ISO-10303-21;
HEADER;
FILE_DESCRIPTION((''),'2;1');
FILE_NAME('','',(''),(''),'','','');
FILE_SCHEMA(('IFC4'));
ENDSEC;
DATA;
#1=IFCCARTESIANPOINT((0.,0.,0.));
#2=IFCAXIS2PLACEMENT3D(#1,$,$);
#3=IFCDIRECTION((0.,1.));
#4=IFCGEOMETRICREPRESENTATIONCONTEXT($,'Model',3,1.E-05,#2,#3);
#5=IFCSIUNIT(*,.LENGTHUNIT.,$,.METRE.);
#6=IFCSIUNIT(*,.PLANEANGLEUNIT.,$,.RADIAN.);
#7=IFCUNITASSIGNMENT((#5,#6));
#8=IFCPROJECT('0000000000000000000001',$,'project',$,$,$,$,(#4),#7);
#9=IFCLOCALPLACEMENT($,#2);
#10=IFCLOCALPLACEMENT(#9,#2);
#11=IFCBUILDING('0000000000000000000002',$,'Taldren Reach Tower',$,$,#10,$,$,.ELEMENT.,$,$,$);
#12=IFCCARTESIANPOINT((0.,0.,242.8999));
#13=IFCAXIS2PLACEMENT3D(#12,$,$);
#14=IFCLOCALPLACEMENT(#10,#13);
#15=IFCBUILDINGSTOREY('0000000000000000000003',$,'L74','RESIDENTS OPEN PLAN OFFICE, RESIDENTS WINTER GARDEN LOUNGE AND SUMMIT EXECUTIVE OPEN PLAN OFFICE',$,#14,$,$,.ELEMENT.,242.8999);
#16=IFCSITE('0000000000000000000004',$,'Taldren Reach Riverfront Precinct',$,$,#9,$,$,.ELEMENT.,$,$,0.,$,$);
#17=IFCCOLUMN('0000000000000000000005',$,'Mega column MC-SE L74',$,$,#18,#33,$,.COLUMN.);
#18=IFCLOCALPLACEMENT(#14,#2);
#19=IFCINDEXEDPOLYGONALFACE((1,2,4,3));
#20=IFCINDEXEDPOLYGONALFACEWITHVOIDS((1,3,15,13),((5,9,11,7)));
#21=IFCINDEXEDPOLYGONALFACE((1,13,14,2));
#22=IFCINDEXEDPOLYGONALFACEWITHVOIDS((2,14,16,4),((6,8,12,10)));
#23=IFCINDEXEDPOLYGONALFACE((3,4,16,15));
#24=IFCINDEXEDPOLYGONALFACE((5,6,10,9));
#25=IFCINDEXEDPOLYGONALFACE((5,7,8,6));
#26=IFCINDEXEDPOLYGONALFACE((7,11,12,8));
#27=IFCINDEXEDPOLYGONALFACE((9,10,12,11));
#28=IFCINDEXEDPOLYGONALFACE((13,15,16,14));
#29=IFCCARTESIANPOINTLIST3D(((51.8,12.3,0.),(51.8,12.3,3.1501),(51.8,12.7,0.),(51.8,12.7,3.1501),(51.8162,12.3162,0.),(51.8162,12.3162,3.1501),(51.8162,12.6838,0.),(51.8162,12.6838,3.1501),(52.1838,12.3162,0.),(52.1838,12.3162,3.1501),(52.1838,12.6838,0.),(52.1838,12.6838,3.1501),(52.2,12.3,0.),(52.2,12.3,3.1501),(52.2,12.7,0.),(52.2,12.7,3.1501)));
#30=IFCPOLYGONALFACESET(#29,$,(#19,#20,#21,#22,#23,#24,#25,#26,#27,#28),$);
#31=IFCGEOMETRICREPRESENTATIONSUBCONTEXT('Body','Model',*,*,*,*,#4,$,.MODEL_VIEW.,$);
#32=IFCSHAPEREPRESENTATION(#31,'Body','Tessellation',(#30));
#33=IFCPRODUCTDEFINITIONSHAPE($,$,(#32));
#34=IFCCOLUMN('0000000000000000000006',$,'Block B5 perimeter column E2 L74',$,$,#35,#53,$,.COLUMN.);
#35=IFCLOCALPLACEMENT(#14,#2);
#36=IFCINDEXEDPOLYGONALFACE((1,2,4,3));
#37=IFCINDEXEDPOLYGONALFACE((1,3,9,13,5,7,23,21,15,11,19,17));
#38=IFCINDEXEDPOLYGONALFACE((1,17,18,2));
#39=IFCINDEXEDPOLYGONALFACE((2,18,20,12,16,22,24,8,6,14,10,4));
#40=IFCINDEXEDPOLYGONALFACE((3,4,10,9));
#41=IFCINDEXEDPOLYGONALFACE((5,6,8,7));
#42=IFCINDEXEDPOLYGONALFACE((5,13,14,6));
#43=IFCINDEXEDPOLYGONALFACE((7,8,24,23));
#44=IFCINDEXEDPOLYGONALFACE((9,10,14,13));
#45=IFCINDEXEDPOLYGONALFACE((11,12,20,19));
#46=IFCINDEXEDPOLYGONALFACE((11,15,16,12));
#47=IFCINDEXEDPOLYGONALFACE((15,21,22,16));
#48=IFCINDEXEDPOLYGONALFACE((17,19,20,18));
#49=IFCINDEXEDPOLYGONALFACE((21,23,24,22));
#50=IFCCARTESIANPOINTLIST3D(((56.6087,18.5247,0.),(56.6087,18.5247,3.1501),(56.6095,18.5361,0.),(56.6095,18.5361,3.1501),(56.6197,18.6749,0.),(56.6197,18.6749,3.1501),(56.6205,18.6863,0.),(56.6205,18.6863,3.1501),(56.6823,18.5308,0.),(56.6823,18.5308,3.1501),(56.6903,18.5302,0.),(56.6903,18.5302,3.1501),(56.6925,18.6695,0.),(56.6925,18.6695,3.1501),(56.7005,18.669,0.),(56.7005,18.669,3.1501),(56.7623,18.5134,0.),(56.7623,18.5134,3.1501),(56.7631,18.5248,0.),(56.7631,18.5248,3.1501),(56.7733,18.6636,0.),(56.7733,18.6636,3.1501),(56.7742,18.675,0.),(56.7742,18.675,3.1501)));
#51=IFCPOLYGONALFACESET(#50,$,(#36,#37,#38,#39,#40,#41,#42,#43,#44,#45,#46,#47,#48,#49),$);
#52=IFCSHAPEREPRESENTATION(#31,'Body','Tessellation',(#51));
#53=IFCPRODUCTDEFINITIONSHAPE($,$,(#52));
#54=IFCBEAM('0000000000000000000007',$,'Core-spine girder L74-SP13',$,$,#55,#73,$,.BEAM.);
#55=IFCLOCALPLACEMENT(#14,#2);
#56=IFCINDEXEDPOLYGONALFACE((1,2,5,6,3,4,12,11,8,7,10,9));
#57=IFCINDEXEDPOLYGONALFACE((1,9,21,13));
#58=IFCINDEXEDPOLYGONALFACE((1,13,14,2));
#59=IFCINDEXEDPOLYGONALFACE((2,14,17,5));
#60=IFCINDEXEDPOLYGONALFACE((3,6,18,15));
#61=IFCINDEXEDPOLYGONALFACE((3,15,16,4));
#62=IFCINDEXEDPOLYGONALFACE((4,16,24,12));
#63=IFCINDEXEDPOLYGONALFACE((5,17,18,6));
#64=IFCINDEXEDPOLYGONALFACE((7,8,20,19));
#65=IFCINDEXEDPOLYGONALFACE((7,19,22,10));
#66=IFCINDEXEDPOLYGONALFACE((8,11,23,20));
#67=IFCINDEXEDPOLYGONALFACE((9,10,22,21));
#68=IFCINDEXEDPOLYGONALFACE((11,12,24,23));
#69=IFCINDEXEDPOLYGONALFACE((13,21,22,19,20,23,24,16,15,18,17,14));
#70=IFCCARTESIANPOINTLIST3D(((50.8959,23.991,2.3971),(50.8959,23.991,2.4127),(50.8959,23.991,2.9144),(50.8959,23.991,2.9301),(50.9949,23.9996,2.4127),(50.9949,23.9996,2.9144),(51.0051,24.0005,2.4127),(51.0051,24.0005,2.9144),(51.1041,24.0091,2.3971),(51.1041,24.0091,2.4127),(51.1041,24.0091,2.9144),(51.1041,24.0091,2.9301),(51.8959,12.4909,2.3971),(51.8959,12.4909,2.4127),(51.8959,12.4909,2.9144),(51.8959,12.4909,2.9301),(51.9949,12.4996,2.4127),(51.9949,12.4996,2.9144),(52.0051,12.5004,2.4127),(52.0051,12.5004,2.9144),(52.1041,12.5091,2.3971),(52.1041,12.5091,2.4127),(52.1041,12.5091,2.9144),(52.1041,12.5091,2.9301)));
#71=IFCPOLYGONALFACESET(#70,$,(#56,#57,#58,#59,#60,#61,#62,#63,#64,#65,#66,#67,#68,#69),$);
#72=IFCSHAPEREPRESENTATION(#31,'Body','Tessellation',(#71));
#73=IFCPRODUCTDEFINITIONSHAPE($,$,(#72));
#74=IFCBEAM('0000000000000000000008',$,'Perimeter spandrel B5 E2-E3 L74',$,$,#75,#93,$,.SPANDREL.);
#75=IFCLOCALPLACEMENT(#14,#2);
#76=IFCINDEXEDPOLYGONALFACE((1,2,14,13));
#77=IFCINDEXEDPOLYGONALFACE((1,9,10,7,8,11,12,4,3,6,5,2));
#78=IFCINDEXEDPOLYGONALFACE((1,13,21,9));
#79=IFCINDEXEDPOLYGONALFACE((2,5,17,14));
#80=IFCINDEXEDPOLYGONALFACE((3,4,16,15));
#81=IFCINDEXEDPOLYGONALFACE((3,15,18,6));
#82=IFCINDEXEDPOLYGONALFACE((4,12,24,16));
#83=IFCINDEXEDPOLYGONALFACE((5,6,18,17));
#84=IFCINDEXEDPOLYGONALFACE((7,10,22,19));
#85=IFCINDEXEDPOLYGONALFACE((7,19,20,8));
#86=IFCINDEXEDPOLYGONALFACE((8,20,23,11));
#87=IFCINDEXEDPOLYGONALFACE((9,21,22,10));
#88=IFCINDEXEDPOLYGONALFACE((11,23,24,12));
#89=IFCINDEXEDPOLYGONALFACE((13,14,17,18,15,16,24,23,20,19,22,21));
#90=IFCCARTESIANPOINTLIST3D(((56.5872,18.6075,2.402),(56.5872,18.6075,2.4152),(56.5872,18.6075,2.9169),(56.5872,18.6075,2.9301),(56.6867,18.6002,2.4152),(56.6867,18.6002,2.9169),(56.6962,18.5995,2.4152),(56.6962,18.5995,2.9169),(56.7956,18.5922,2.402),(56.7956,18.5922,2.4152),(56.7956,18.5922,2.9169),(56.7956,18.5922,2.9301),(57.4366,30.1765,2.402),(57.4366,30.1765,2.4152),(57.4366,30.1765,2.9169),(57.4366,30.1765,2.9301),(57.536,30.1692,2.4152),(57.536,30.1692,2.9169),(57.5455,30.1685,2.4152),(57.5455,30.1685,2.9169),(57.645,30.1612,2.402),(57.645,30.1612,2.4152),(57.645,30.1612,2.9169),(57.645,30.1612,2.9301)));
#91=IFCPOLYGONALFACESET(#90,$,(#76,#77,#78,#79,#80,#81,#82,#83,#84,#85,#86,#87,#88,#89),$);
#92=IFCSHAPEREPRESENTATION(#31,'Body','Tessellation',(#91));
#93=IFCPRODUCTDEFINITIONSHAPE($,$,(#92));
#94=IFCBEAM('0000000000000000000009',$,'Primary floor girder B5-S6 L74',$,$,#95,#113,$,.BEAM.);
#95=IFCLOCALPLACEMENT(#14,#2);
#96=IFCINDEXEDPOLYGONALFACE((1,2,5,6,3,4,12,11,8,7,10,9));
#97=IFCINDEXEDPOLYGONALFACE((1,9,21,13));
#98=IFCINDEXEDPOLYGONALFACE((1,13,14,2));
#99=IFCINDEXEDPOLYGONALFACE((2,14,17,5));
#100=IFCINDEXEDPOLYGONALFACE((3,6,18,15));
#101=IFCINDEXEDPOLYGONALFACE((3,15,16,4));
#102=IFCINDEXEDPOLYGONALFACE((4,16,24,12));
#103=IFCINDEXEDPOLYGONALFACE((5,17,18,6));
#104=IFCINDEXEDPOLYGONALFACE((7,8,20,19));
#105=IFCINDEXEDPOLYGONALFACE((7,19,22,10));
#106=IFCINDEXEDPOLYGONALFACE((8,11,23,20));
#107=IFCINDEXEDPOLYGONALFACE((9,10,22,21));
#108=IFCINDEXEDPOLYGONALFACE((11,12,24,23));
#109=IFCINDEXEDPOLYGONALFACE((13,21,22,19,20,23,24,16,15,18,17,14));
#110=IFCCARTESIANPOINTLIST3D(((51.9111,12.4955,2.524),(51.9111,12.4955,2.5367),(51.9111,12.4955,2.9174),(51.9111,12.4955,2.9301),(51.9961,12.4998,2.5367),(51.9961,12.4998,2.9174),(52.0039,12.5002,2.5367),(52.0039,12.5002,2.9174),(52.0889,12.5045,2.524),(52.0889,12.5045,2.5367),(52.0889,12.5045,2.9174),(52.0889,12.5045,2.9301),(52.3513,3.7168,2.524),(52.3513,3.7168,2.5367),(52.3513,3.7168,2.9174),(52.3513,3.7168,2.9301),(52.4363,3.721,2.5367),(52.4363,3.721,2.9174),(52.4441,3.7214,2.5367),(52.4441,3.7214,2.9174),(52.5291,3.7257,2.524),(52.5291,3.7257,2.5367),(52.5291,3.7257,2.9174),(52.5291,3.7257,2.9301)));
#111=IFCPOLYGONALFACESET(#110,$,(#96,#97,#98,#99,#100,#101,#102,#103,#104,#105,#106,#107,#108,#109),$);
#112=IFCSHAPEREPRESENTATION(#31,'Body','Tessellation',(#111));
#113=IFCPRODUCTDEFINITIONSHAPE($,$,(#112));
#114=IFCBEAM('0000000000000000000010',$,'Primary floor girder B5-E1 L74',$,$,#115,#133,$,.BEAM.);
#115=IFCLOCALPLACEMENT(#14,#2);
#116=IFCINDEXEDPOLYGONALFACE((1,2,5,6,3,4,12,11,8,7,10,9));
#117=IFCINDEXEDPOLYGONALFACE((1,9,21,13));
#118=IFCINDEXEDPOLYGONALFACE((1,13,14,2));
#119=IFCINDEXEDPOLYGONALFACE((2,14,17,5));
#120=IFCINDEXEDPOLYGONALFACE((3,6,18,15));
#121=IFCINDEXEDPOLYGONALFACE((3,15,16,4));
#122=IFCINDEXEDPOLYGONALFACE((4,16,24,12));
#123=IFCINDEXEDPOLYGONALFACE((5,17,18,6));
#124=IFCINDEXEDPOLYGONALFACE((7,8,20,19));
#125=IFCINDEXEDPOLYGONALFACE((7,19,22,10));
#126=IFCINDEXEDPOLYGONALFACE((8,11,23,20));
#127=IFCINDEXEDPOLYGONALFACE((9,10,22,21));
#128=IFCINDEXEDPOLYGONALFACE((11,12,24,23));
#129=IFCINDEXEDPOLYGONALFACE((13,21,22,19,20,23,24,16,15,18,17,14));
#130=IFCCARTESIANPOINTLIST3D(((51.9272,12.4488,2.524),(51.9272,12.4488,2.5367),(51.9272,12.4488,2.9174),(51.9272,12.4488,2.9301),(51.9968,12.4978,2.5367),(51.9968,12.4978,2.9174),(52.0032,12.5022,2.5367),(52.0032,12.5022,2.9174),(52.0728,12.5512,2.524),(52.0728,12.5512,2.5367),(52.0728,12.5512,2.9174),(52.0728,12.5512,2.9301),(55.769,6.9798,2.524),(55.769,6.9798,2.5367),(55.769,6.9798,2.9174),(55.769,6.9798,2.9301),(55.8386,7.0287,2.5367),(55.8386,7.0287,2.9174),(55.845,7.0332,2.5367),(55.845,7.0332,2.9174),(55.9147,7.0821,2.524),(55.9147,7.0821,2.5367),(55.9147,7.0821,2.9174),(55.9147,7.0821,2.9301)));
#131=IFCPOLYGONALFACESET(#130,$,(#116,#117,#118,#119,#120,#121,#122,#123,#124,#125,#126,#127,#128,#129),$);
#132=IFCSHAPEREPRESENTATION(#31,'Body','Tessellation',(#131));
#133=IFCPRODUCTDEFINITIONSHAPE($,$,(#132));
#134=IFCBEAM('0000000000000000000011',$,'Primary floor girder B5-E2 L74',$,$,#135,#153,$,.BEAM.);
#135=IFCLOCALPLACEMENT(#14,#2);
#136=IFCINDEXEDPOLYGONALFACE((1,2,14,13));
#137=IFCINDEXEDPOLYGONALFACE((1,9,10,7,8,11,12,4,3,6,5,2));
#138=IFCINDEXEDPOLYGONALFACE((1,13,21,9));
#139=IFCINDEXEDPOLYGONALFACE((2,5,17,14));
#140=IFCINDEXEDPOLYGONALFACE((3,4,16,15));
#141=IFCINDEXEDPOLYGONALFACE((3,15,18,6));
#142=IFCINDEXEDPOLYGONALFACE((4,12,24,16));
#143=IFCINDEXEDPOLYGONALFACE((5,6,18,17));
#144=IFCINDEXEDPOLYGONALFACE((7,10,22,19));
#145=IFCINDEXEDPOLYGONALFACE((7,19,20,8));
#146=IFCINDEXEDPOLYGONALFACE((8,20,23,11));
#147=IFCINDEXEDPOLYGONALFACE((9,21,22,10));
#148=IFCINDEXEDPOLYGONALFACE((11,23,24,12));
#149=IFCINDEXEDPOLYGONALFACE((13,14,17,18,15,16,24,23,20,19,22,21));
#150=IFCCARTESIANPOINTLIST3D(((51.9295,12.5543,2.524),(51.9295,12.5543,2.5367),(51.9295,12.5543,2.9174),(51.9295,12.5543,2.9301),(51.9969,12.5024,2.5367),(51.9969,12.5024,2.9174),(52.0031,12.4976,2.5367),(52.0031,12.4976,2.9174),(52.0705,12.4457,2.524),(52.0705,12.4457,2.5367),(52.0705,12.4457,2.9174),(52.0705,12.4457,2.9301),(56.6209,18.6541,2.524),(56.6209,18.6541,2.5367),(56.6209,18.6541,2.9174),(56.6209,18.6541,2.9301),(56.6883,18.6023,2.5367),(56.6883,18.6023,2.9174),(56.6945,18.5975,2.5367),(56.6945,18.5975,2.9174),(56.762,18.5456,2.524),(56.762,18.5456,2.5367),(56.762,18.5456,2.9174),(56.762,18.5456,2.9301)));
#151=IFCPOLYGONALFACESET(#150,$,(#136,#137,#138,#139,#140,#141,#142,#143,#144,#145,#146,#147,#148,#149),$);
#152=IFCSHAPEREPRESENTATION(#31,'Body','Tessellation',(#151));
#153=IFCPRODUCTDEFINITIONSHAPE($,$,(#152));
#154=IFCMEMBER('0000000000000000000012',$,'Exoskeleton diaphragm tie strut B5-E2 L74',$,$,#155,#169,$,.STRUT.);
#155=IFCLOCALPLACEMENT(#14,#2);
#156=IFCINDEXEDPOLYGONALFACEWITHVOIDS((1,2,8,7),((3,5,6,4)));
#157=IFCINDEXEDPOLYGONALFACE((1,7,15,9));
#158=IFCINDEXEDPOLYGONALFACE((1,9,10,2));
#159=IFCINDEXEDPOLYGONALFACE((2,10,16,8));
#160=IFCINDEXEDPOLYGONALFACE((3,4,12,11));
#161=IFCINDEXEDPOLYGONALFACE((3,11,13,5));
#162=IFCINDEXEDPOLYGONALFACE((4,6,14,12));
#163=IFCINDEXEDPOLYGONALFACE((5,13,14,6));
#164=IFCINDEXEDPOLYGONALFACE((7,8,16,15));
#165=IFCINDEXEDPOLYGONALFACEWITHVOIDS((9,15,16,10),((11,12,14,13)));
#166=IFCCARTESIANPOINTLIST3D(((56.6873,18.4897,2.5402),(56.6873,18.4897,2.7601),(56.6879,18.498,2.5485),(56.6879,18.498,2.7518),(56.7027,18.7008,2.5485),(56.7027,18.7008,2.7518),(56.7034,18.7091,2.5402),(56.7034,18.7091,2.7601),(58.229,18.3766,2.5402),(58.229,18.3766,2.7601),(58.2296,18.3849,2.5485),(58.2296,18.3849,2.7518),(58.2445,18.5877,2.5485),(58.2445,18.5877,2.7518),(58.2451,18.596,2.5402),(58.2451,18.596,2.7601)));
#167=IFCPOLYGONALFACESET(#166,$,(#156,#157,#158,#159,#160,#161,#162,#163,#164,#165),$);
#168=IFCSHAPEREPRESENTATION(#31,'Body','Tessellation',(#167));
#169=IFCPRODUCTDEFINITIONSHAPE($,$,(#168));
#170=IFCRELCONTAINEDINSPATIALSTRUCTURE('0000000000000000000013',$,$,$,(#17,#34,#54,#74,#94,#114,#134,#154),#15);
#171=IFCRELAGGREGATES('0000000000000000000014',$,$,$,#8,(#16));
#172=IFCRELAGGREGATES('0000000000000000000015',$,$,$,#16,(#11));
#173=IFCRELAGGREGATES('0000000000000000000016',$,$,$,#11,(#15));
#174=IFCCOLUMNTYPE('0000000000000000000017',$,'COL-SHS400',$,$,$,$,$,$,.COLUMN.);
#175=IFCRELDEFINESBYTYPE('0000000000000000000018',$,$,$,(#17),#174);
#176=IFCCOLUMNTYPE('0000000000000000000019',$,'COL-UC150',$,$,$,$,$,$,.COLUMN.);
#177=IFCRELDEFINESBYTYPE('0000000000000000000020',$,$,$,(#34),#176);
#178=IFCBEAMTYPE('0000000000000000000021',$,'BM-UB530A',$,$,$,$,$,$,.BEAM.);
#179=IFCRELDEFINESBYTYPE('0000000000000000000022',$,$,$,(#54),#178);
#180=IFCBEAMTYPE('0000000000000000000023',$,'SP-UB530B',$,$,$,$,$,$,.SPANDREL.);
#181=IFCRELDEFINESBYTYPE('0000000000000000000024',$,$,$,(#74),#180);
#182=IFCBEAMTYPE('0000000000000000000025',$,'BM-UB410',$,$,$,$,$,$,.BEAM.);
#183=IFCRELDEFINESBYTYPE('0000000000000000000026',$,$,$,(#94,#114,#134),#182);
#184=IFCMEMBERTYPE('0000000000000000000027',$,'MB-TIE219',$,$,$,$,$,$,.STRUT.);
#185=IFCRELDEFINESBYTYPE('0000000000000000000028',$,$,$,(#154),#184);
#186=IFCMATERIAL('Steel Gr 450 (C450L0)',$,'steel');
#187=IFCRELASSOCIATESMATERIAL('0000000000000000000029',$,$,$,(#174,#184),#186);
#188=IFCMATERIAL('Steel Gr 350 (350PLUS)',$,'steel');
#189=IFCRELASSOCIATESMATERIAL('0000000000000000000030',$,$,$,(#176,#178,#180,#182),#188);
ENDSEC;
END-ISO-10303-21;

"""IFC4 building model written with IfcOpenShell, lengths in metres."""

from ifc_helpers import new_model, si_unit, direction, frame, origin, origin_2d, place, context, subcontext, project, spatial, hollow_rectangle, i_section, extrude, source, transform, mapped, material, material_profile, profile_set, type_object, element, save


model = new_model("IFC4")

# Units and contexts
model_context = context("Model", 3, precision=1e-05, world=origin(), true_north=direction((0.0, 1.0)))
body_context = subcontext(model_context, "Body", "Model", "MODEL_VIEW")
ifc_project = project(units=[si_unit("LENGTHUNIT", "METRE"), si_unit("PLANEANGLEUNIT", "RADIAN")], contexts=[model_context])

# Site, building, storey
site_placement = place(None, origin())
site = spatial("IfcSite", under=ifc_project, at=site_placement, Name="Taldren Reach Riverfront Precinct", CompositionType="ELEMENT", RefElevation=0.0)
building_placement = place(site_placement, origin())
building = spatial("IfcBuilding", under=site, at=building_placement, Name="Taldren Reach Tower", CompositionType="ELEMENT")
storey_placement = place(building_placement, frame((0.0, 0.0, 242.8999)))
storey = spatial("IfcBuildingStorey", under=building, at=storey_placement, Name="L74", Description="RESIDENTS OPEN PLAN OFFICE, RESIDENTS WINTER GARDEN LOUNGE AND SUMMIT EXECUTIVE OPEN PLAN OFFICE", CompositionType="ELEMENT", Elevation=242.8999)

# Columns
ifc_material_1 = material(Name="Steel Gr 450 (C450L0)", Category="steel")
ifc_material_profile_1 = material_profile(ifc_material_1, hollow_rectangle(XDim=0.3999, YDim=0.3999, WallThickness=0.0161, at=origin_2d()), Name="400x400x16.0SHS")
ifc_profile_set_1 = profile_set([ifc_material_profile_1], Name="Steel Gr 450 (C450L0)")
column_type_1 = type_object("IfcColumnType", Name="COL-SHS400", PredefinedType="COLUMN", material=ifc_profile_set_1)
shared_shape_1 = source(origin(), body_context, "Body", "SweptSolid", [
    extrude(hollow_rectangle(XDim=0.3999, YDim=0.3999, WallThickness=0.0161, at=origin_2d()), origin(), (0.0, 0.0, 1.0), 3.1501),
])
column_1_placement = place(storey_placement, frame((52.0, 12.5, 0.0), z_axis=(0.0, 0.0, 1.0), x_axis=(1.0, 0.0, 0.0)))
element("IfcColumn", 1, at=column_1_placement, inside=storey, type_object=column_type_1, Name="Mega column MC-SE L74", PredefinedType="COLUMN", context=body_context, shape_type="MappedRepresentation", body=[
    mapped(shared_shape_1, transform((0.0, 0.0, 0.0), scale=1.0)),
])
ifc_material_2 = material(Name="Steel Gr 350 (350PLUS)", Category="steel")
ifc_material_profile_2 = material_profile(ifc_material_2, i_section(OverallWidth=0.1541, OverallDepth=0.1621, WebThickness=0.0081, FlangeThickness=0.0115, at=origin_2d()), Name="150UC37.2")
ifc_profile_set_2 = profile_set([ifc_material_profile_2], Name="Steel Gr 350 (350PLUS)")
column_type_2 = type_object("IfcColumnType", Name="COL-UC150", PredefinedType="COLUMN", material=ifc_profile_set_2)
shared_shape_2 = source(origin(), body_context, "Body", "SweptSolid", [
    extrude(i_section(OverallWidth=0.1541, OverallDepth=0.1621, WebThickness=0.0081, FlangeThickness=0.0115, at=origin_2d()), origin(), (0.0, 0.0, 1.0), 3.1501),
])
column_2_placement = place(storey_placement, frame((56.6914, 18.5999, 0.0), z_axis=(0.0, 0.0, 1.0), x_axis=(0.997314, -0.073238, 0.0)))
element("IfcColumn", 2, at=column_2_placement, inside=storey, type_object=column_type_2, Name="Block B5 perimeter column E2 L74", PredefinedType="COLUMN", context=body_context, shape_type="MappedRepresentation", body=[
    mapped(shared_shape_2, transform((0.0, 0.0, 0.0), scale=1.0)),
])

# Beams
ifc_material_profile_3 = material_profile(ifc_material_2, i_section(OverallWidth=0.209, OverallDepth=0.533, WebThickness=0.0103, FlangeThickness=0.0156, at=origin_2d()), Name="530UB92.4")
ifc_profile_set_3 = profile_set([ifc_material_profile_3], Name="Steel Gr 350 (350PLUS)")
beam_type_1 = type_object("IfcBeamType", Name="BM-UB530A", PredefinedType="BEAM", material=ifc_profile_set_3)
shared_shape_3 = source(origin(), body_context, "Body", "SweptSolid", [
    extrude(i_section(OverallWidth=0.209, OverallDepth=0.533, WebThickness=0.0103, FlangeThickness=0.0156, at=origin_2d()), origin(), (0.0, 0.0, 1.0), 11.5435),
])
beam_1_placement = place(storey_placement, frame((52.0, 12.5, 2.6636), z_axis=(-0.08663, 0.996241, 0.0), x_axis=(-0.996241, -0.08663, 0.0)))
element("IfcBeam", 3, at=beam_1_placement, inside=storey, type_object=beam_type_1, Name="Core-spine girder L74-SP13", PredefinedType="BEAM", context=body_context, shape_type="MappedRepresentation", body=[
    mapped(shared_shape_3, transform((0.0, 0.0, 0.0), scale=1.0)),
])
ifc_material_profile_4 = material_profile(ifc_material_2, i_section(OverallWidth=0.209, OverallDepth=0.5281, WebThickness=0.0095, FlangeThickness=0.0132, at=origin_2d()), Name="530UB82.0")
ifc_profile_set_4 = profile_set([ifc_material_profile_4], Name="Steel Gr 350 (350PLUS)")
beam_type_2 = type_object("IfcBeamType", Name="SP-UB530B", PredefinedType="SPANDREL", material=ifc_profile_set_4)
shared_shape_4 = source(origin(), body_context, "Body", "SweptSolid", [
    extrude(i_section(OverallWidth=0.209, OverallDepth=0.5281, WebThickness=0.0095, FlangeThickness=0.0132, at=origin_2d()), origin(), (0.0, 0.0, 1.0), 11.6001),
])
beam_2_placement = place(storey_placement, frame((56.6914, 18.5999, 2.666), z_axis=(0.073221, 0.997316, 0.0), x_axis=(-0.997316, 0.073221, 0.0)))
element("IfcBeam", 4, at=beam_2_placement, inside=storey, type_object=beam_type_2, Name="Perimeter spandrel B5 E2-E3 L74", PredefinedType="SPANDREL", context=body_context, shape_type="MappedRepresentation", body=[
    mapped(shared_shape_4, transform((0.0, 0.0, 0.0), scale=1.0)),
])
ifc_material_profile_5 = material_profile(ifc_material_2, i_section(OverallWidth=0.178, OverallDepth=0.406, WebThickness=0.0078, FlangeThickness=0.0127, at=origin_2d()), Name="410UB59.7")
ifc_profile_set_5 = profile_set([ifc_material_profile_5], Name="Steel Gr 350 (350PLUS)")
beam_type_3 = type_object("IfcBeamType", Name="BM-UB410", PredefinedType="BEAM", material=ifc_profile_set_5)
shared_shape_5 = source(origin(), body_context, "Body", "SweptSolid", [
    extrude(i_section(OverallWidth=0.178, OverallDepth=0.406, WebThickness=0.0078, FlangeThickness=0.0127, at=origin_2d()), origin(), (0.0, 0.0, 1.0), 8.7898),
])
beam_3_placement = place(storey_placement, frame((52.0, 12.5, 2.7271), z_axis=(0.050079, -0.998745, 0.0), x_axis=(0.998745, 0.050079, 0.0)))
element("IfcBeam", 5, at=beam_3_placement, inside=storey, type_object=beam_type_3, Name="Primary floor girder B5-S6 L74", PredefinedType="BEAM", context=body_context, shape_type="MappedRepresentation", body=[
    mapped(shared_shape_5, transform((0.0, 0.0, 0.0), scale=1.0)),
])
shared_shape_6 = source(origin(), body_context, "Body", "SweptSolid", [
    extrude(i_section(OverallWidth=0.178, OverallDepth=0.406, WebThickness=0.0078, FlangeThickness=0.0127, at=origin_2d()), origin(), (0.0, 0.0, 1.0), 6.6836),
])
beam_4_placement = place(storey_placement, frame((52.0, 12.5, 2.7271), z_axis=(0.574817, -0.818282, 0.0), x_axis=(0.818282, 0.574817, 0.0)))
element("IfcBeam", 6, at=beam_4_placement, inside=storey, type_object=beam_type_3, Name="Primary floor girder B5-E1 L74", PredefinedType="BEAM", context=body_context, shape_type="MappedRepresentation", body=[
    mapped(shared_shape_6, transform((0.0, 0.0, 0.0), scale=1.0)),
])
shared_shape_7 = source(origin(), body_context, "Body", "SweptSolid", [
    extrude(i_section(OverallWidth=0.178, OverallDepth=0.406, WebThickness=0.0078, FlangeThickness=0.0127, at=origin_2d()), origin(), (0.0, 0.0, 1.0), 7.6953),
])
beam_5_placement = place(storey_placement, frame((52.0, 12.5, 2.7271), z_axis=(0.609646, 0.792674, 0.0), x_axis=(-0.792674, 0.609646, 0.0)))
element("IfcBeam", 7, at=beam_5_placement, inside=storey, type_object=beam_type_3, Name="Primary floor girder B5-E2 L74", PredefinedType="BEAM", context=body_context, shape_type="MappedRepresentation", body=[
    mapped(shared_shape_7, transform((0.0, 0.0, 0.0), scale=1.0)),
])

# Member
ifc_material_profile_6 = material_profile(ifc_material_1, hollow_rectangle(XDim=0.22, YDim=0.22, WallThickness=0.0083, at=origin_2d()), Name="220x220x8.2SHS")
ifc_profile_set_6 = profile_set([ifc_material_profile_6], Name="Steel Gr 450 (C450L0)")
member_type_1 = type_object("IfcMemberType", Name="MB-TIE219", PredefinedType="STRUT", material=ifc_profile_set_6)
shared_shape_8 = source(origin(), body_context, "Body", "SweptSolid", [
    extrude(hollow_rectangle(XDim=0.22, YDim=0.22, WallThickness=0.0083, at=origin_2d()), origin(), (0.0, 0.0, 1.0), 1.5459),
])
member_1_placement = place(storey_placement, frame((56.6953, 18.5994, 2.6501), z_axis=(0.997323, -0.073121, 0.0), x_axis=(0.073121, 0.997323, 0.0)))
element("IfcMember", 8, at=member_1_placement, inside=storey, type_object=member_type_1, Name="Exoskeleton diaphragm tie strut B5-E2 L74", PredefinedType="STRUT", context=body_context, shape_type="MappedRepresentation", body=[
    mapped(shared_shape_8, transform((0.0, 0.0, 0.0), scale=1.0)),
])

save(model, "model.ifc")
